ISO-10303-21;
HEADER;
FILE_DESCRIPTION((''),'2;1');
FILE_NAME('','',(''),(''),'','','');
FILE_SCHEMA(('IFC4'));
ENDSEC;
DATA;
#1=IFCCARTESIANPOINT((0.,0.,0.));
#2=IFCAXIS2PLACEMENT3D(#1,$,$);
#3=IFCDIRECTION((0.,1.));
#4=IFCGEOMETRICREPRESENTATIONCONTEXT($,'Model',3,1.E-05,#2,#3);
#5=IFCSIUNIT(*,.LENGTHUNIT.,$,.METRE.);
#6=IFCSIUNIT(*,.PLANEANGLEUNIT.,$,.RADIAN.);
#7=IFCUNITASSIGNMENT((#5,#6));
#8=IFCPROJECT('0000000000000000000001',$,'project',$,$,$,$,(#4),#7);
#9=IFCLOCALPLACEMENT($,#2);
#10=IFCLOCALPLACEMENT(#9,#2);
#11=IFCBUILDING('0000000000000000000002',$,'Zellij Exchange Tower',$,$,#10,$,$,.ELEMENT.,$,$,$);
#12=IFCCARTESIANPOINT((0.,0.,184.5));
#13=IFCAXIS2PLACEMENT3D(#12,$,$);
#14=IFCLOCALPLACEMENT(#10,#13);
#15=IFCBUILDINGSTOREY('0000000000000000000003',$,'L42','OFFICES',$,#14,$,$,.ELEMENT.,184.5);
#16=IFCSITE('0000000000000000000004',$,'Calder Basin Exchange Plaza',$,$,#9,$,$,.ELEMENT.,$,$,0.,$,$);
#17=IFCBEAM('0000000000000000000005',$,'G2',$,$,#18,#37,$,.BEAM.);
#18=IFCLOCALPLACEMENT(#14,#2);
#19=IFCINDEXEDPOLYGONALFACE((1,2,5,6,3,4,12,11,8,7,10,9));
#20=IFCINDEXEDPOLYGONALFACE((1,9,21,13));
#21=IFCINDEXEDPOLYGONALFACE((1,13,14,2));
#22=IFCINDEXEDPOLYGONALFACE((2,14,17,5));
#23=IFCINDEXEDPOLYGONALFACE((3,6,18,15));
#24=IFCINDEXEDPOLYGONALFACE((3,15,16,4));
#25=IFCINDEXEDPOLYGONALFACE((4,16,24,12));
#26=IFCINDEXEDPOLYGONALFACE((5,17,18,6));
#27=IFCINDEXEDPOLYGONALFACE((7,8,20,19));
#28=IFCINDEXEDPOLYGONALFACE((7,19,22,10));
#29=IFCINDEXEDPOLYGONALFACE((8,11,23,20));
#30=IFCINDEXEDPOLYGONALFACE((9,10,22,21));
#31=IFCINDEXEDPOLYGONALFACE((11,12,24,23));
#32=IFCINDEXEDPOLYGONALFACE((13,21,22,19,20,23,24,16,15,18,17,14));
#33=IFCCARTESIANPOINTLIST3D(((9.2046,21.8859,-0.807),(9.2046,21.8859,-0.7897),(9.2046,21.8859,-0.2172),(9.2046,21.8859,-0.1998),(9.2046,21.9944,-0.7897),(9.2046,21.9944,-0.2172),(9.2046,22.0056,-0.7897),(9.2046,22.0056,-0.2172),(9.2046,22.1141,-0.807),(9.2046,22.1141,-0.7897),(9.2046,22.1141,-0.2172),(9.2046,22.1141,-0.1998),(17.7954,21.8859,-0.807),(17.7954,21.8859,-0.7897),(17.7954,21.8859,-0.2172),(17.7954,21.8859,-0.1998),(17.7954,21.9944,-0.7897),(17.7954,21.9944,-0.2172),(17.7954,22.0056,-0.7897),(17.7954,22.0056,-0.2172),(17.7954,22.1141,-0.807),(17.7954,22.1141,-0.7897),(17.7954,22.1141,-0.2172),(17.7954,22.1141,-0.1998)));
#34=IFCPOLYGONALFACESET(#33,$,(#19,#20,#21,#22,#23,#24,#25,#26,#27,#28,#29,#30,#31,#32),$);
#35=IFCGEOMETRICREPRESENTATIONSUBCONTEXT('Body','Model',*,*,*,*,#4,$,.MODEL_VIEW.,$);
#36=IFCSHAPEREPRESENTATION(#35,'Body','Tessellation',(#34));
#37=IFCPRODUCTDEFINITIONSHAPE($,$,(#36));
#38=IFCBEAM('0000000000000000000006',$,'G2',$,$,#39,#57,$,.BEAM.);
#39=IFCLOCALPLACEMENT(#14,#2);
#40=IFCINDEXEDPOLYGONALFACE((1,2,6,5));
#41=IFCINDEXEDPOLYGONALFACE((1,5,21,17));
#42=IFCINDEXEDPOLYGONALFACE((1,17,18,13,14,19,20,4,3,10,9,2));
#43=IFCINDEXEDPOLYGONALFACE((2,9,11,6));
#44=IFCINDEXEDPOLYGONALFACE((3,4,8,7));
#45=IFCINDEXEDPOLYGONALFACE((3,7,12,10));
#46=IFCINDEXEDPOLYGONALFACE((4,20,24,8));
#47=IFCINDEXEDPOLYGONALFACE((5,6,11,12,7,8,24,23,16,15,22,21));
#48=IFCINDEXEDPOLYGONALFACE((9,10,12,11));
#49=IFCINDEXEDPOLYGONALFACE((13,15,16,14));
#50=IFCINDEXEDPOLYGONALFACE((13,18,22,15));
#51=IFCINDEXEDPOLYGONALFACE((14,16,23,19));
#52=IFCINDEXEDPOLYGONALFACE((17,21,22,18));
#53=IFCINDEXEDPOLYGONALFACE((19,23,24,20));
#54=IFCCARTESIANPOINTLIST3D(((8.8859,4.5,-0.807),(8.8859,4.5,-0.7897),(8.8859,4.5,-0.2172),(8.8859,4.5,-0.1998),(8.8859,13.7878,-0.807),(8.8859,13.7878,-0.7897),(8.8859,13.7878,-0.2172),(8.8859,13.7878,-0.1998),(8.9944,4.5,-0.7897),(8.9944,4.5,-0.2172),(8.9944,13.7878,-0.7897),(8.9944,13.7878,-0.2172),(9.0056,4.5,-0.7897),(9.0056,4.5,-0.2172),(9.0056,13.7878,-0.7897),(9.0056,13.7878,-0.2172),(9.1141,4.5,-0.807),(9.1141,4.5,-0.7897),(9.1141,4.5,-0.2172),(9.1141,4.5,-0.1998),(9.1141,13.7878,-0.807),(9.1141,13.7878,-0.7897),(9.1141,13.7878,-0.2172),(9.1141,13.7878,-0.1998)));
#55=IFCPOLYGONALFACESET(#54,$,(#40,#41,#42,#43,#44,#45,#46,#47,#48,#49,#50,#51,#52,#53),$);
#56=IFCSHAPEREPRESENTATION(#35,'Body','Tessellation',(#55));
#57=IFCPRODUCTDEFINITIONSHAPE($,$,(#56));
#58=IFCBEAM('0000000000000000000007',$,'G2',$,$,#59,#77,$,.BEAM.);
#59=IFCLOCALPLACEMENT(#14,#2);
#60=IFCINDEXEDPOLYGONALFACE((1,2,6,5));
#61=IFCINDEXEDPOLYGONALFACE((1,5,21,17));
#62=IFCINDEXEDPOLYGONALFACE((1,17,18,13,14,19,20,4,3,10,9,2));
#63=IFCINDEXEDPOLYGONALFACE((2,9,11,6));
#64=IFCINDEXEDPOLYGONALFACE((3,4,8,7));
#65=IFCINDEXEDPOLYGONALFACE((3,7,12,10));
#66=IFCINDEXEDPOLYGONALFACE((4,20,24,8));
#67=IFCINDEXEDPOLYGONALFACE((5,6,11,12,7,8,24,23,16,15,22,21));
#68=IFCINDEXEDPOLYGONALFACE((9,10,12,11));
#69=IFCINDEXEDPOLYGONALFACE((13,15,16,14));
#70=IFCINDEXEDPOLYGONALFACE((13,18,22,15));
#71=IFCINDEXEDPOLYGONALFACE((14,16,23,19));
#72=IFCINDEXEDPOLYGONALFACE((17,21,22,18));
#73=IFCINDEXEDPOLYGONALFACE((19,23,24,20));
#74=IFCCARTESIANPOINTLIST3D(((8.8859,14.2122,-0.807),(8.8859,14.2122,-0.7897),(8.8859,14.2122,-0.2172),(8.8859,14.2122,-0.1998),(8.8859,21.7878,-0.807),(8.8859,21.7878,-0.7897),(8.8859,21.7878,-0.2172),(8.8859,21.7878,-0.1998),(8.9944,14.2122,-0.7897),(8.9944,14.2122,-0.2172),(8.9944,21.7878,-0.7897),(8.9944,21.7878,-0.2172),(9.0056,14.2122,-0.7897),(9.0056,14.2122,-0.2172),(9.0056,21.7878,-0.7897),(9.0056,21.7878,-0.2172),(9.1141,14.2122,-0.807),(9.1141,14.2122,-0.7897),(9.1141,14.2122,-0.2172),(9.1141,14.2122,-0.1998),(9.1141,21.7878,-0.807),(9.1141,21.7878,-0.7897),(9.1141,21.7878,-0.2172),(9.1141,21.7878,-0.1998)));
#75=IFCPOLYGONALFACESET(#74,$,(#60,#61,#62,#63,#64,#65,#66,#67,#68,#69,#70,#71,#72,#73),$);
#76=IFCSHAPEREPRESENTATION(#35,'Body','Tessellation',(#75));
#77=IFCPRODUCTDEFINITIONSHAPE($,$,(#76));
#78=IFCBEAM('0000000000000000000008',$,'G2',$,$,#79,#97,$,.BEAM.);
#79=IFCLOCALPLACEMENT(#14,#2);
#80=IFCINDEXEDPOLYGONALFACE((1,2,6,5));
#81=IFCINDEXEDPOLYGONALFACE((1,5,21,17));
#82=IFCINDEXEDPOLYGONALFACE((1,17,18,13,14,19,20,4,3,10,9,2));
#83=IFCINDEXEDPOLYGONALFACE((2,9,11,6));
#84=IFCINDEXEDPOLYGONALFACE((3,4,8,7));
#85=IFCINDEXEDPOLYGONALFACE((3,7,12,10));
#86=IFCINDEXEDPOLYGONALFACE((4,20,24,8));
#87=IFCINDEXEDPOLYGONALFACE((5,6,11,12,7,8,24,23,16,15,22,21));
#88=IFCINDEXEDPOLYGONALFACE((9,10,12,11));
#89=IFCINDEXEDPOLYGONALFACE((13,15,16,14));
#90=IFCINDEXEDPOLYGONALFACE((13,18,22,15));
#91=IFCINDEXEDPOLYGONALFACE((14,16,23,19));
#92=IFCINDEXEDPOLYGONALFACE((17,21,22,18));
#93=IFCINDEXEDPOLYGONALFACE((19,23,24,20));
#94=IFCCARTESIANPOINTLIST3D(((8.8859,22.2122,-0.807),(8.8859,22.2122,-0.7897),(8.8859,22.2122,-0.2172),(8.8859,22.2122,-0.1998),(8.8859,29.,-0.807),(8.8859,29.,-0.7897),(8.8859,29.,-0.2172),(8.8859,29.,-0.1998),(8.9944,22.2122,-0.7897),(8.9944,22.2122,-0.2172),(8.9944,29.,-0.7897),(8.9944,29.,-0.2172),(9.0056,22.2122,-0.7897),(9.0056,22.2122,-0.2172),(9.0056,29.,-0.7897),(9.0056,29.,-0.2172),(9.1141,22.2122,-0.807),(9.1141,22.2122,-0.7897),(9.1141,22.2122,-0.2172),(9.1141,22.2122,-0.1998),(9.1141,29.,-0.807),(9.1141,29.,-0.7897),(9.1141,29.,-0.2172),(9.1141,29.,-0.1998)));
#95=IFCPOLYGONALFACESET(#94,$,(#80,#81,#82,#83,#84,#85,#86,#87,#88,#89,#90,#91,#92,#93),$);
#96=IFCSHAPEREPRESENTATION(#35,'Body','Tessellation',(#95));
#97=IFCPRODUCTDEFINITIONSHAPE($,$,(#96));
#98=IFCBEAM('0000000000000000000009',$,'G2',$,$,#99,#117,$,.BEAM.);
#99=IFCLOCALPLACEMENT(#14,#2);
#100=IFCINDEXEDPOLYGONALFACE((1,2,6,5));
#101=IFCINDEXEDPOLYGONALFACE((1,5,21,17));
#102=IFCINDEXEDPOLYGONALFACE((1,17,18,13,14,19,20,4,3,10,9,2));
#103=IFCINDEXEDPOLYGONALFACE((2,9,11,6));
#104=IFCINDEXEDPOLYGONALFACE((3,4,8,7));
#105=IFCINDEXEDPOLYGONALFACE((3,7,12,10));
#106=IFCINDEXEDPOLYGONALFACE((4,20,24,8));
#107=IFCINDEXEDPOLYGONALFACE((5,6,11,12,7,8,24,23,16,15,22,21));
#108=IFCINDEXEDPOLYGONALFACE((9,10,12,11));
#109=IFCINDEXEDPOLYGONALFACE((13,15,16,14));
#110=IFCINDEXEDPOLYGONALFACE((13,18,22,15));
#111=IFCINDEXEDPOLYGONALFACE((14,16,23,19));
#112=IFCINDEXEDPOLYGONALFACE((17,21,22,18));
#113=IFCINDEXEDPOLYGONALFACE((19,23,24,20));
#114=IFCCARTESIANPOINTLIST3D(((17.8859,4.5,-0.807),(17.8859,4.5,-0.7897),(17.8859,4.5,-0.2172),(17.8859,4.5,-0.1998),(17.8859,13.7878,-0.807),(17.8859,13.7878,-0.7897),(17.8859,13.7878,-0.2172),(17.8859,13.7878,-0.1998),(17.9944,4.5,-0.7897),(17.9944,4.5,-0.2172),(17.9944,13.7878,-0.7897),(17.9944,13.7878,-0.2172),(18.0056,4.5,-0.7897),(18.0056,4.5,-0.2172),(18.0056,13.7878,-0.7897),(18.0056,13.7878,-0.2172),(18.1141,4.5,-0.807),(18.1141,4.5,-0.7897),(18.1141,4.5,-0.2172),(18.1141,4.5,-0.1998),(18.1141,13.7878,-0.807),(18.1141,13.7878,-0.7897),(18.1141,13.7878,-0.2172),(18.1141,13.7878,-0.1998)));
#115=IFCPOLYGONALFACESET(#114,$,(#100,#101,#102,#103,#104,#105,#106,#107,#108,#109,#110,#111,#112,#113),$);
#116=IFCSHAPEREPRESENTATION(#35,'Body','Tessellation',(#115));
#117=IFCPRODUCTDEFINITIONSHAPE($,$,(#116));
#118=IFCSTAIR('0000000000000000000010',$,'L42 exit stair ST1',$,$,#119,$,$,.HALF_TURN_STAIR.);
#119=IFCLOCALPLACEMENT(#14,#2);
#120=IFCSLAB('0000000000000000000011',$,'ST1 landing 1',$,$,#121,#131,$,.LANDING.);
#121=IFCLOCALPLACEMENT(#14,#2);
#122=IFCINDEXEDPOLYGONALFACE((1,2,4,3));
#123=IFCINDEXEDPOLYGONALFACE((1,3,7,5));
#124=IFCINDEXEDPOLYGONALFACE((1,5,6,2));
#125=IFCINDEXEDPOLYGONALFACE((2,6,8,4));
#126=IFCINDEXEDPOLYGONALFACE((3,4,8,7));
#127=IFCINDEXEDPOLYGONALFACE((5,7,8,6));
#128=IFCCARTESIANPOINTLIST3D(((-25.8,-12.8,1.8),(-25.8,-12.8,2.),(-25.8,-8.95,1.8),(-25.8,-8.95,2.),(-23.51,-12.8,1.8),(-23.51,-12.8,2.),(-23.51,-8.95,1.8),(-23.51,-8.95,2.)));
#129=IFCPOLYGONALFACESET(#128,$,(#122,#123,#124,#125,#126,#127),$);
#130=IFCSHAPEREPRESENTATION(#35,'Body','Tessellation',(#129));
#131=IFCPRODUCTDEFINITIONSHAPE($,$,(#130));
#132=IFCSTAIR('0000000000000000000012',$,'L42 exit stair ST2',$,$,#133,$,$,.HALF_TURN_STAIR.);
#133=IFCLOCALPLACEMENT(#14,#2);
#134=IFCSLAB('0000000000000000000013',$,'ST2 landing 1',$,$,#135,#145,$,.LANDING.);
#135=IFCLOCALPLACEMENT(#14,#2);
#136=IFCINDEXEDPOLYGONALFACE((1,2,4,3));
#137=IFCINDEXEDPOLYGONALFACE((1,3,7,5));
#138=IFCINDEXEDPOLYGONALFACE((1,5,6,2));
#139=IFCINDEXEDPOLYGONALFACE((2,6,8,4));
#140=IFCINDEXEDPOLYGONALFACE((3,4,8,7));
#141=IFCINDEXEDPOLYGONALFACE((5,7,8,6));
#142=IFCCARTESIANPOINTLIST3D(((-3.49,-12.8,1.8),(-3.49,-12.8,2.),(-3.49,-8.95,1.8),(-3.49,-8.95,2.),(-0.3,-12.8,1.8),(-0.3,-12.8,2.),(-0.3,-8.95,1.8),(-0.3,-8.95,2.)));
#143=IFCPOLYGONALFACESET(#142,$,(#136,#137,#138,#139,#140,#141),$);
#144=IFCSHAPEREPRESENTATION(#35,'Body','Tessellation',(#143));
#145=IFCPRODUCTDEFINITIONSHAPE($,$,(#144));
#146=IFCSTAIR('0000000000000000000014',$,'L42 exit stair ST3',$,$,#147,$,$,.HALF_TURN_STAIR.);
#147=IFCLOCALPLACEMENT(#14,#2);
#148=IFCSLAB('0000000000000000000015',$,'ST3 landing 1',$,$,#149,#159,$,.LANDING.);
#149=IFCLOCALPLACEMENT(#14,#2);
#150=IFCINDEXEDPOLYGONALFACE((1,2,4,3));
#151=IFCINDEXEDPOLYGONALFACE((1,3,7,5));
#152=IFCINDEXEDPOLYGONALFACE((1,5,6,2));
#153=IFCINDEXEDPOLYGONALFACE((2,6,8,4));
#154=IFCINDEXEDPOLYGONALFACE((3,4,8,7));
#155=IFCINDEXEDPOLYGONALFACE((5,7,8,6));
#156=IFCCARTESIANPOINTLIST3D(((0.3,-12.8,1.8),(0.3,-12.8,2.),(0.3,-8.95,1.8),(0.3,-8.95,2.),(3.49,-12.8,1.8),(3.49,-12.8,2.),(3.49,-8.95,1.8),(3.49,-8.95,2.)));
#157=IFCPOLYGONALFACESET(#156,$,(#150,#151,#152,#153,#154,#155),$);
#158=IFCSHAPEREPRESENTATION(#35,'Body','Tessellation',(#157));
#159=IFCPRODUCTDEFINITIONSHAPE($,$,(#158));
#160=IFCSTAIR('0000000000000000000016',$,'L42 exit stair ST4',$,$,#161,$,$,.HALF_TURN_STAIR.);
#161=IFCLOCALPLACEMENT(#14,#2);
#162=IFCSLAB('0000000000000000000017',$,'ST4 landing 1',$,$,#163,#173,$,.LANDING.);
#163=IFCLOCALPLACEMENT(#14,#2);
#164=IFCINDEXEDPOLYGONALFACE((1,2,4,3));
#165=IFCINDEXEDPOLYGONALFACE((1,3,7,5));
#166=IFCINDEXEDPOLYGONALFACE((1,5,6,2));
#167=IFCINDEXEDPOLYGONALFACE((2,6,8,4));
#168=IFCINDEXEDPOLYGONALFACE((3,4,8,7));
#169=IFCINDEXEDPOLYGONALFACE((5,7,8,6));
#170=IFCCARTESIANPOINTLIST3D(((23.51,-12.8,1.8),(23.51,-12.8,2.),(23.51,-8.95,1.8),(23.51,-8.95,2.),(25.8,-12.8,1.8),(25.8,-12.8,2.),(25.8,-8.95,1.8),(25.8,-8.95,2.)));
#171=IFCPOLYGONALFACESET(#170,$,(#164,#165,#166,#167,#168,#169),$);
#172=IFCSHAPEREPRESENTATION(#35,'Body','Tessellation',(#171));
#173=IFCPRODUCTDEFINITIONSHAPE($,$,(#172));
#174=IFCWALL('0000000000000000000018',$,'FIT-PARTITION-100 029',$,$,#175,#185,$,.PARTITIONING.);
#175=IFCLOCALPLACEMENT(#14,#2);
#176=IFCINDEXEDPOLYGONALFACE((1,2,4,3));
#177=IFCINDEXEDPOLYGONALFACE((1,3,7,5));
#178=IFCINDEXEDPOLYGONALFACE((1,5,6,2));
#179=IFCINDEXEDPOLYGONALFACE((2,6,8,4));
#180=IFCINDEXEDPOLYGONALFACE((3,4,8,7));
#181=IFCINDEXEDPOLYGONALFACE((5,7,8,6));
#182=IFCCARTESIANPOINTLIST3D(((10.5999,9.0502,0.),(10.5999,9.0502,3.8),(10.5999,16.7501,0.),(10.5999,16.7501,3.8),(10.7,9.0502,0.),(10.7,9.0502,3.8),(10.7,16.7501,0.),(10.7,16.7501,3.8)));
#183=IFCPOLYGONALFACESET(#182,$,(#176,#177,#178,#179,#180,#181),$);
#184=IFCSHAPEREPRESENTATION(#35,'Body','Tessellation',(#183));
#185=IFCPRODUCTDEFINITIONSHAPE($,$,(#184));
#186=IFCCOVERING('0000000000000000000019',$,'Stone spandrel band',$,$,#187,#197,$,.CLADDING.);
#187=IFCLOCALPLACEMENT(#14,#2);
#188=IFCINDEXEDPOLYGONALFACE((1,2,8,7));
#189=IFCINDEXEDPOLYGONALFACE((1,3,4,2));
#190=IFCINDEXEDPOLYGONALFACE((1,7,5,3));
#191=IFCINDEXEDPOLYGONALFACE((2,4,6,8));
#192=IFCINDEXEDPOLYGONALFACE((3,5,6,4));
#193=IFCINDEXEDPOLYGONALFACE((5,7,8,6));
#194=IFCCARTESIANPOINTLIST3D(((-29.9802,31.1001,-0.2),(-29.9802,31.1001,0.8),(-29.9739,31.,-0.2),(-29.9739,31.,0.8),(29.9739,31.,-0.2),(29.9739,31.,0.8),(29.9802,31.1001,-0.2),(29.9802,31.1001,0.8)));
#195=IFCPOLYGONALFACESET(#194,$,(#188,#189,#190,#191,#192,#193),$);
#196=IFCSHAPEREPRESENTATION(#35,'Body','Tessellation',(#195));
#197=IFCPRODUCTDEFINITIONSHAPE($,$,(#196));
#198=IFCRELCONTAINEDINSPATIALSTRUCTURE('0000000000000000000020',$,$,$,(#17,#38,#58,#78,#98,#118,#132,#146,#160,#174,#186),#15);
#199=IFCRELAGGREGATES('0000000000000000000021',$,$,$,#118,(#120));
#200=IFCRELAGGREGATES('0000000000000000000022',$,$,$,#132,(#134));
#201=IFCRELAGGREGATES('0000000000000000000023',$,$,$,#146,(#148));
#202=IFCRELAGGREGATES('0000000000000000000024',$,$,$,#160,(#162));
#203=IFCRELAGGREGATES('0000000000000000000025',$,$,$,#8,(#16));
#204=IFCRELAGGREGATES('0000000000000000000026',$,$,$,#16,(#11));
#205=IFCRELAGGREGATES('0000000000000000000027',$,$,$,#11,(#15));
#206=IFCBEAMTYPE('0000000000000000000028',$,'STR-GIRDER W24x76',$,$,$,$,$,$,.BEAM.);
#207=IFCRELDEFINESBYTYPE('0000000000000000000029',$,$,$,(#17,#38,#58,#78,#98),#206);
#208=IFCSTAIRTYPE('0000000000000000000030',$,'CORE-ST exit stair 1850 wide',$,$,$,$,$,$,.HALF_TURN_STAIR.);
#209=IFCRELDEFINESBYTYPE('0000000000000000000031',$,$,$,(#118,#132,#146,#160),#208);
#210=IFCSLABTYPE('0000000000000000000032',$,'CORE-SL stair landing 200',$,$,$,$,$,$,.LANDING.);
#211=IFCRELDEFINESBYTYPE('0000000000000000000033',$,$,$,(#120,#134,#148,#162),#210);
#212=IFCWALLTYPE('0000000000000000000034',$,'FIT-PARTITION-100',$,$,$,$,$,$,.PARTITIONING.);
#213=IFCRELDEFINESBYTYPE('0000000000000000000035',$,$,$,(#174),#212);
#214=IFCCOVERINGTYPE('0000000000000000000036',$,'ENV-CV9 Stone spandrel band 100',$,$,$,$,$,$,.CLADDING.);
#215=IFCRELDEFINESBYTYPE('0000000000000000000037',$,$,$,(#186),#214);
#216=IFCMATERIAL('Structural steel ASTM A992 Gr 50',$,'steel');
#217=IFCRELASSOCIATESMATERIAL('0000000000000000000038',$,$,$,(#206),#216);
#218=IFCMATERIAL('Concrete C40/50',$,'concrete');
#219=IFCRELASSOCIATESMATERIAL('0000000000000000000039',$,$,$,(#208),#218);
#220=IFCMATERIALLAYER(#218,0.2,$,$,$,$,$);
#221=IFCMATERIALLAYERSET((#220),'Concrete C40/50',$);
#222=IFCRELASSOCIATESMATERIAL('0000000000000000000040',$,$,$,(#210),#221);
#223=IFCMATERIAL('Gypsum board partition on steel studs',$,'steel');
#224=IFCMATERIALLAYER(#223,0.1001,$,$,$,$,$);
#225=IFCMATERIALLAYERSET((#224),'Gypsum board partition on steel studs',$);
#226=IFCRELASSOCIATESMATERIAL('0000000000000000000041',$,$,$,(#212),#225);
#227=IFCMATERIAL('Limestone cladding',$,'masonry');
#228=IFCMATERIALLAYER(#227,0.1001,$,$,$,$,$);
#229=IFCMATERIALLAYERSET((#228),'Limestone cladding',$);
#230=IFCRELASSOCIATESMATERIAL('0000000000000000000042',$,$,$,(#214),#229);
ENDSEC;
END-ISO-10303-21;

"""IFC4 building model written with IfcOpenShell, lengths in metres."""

from ifc_helpers import new_model, si_unit, direction, frame, frame_2d, origin, origin_2d, place, context, subcontext, project, spatial, polyline, rectangle, i_section, outline, extrude, material, layer, layer_set, material_profile, profile_set, type_object, element, aggregate, save


model = new_model("IFC4")

# Units and contexts
model_context = context("Model", 3, precision=1e-05, world=origin(), true_north=direction((0.0, 1.0)))
body_context = subcontext(model_context, "Body", "Model", "MODEL_VIEW")
ifc_project = project(units=[si_unit("LENGTHUNIT", "METRE"), si_unit("PLANEANGLEUNIT", "RADIAN")], contexts=[model_context])

# Site, building, storey
site_placement = place(None, origin())
site = spatial("IfcSite", under=ifc_project, at=site_placement, Name="Calder Basin Exchange Plaza", CompositionType="ELEMENT", RefElevation=0.0)
building_placement = place(site_placement, origin())
building = spatial("IfcBuilding", under=site, at=building_placement, Name="Zellij Exchange Tower", CompositionType="ELEMENT")
storey_placement = place(building_placement, frame((0.0, 0.0, 184.5)))
storey = spatial("IfcBuildingStorey", under=building, at=storey_placement, Name="L42", Description="OFFICES", CompositionType="ELEMENT", Elevation=184.5)

# Beams
ifc_material_1 = material(Name="Structural steel ASTM A992 Gr 50", Category="steel")
ifc_material_profile_1 = material_profile(ifc_material_1, i_section(OverallWidth=0.2283, OverallDepth=0.6072, WebThickness=0.0112, FlangeThickness=0.0173, at=origin_2d()), Name="W24x76")
ifc_profile_set_1 = profile_set([ifc_material_profile_1], Name="Structural steel ASTM A992 Gr 50")
beam_type = type_object("IfcBeamType", Name="STR-GIRDER W24x76", PredefinedType="BEAM", material=ifc_profile_set_1)
for number, where, z_axis, x_axis, name in (
    (1, (9.2046, 22.0, -0.5034), (1.0, 0.0, 0.0), (0.0, 1.0, 0.0), "G2"),
):
    element("IfcBeam", number, at=place(storey_placement, frame(where, z_axis=z_axis, x_axis=x_axis)), inside=storey, type_object=beam_type, Name=name, PredefinedType="BEAM", context=body_context, shape_type="SweptSolid", body=[
        extrude(i_section(OverallWidth=0.2283, OverallDepth=0.6072, WebThickness=0.0112, FlangeThickness=0.0173, at=origin_2d()), origin(), (0.0, 0.0, 1.0), 8.5908),
    ])
beam_1_placement = place(storey_placement, frame((9.0, 4.5, -0.5034), z_axis=(0.0, 1.0, 0.0), x_axis=(-1.0, 0.0, 0.0)))
element("IfcBeam", 2, at=beam_1_placement, inside=storey, type_object=beam_type, Name="G2", PredefinedType="BEAM", context=body_context, shape_type="SweptSolid", body=[
    extrude(i_section(OverallWidth=0.2283, OverallDepth=0.6072, WebThickness=0.0112, FlangeThickness=0.0173, at=origin_2d()), origin(), (0.0, 0.0, 1.0), 9.2878),
])
beam_2_placement = place(storey_placement, frame((9.0, 14.2122, -0.5034), z_axis=(0.0, 1.0, 0.0), x_axis=(-1.0, 0.0, 0.0)))
element("IfcBeam", 3, at=beam_2_placement, inside=storey, type_object=beam_type, Name="G2", PredefinedType="BEAM", context=body_context, shape_type="SweptSolid", body=[
    extrude(i_section(OverallWidth=0.2283, OverallDepth=0.6072, WebThickness=0.0112, FlangeThickness=0.0173, at=origin_2d()), origin(), (0.0, 0.0, 1.0), 7.5757),
])
beam_3_placement = place(storey_placement, frame((9.0, 22.2122, -0.5034), z_axis=(0.0, 1.0, 0.0), x_axis=(-1.0, 0.0, 0.0)))
element("IfcBeam", 4, at=beam_3_placement, inside=storey, type_object=beam_type, Name="G2", PredefinedType="BEAM", context=body_context, shape_type="SweptSolid", body=[
    extrude(i_section(OverallWidth=0.2283, OverallDepth=0.6072, WebThickness=0.0112, FlangeThickness=0.0173, at=origin_2d()), origin(), (0.0, 0.0, 1.0), 6.7878),
])
beam_4_placement = place(storey_placement, frame((18.0, 4.5, -0.5034), z_axis=(0.0, 1.0, 0.0), x_axis=(-1.0, 0.0, 0.0)))
element("IfcBeam", 5, at=beam_4_placement, inside=storey, type_object=beam_type, Name="G2", PredefinedType="BEAM", context=body_context, shape_type="SweptSolid", body=[
    extrude(i_section(OverallWidth=0.2283, OverallDepth=0.6072, WebThickness=0.0112, FlangeThickness=0.0173, at=origin_2d()), origin(), (0.0, 0.0, 1.0), 9.2878),
])

# Stairs, slabs
ifc_material_2 = material(Name="Concrete C40/50", Category="concrete")
stair_type = type_object("IfcStairType", Name="CORE-ST exit stair 1850 wide", PredefinedType="HALF_TURN_STAIR", material=ifc_material_2)
stair_1_placement = place(storey_placement, origin())
stair_1 = element("IfcStair", 6, at=stair_1_placement, inside=storey, type_object=stair_type, Name="L42 exit stair ST1", PredefinedType="HALF_TURN_STAIR")
ifc_layer_1 = layer(ifc_material_2, 0.2)
ifc_layer_set_1 = layer_set([ifc_layer_1], Name="Concrete C40/50")
slab_type = type_object("IfcSlabType", Name="CORE-SL stair landing 200", PredefinedType="LANDING", material=ifc_layer_set_1)
slab_1_placement = place(storey_placement, frame((0.0, 0.0, 1.8)))
slab_1 = element("IfcSlab", 7, at=slab_1_placement, type_object=slab_type, Name="ST1 landing 1", PredefinedType="LANDING", context=body_context, shape_type="SweptSolid", body=[
    extrude(outline(polyline([(-23.51, -8.95), (-25.8, -8.95), (-25.8, -12.8), (-23.51, -12.8), (-23.51, -8.95)])), origin(), (0.0, 0.0, 1.0), 0.2),
])
aggregate(stair_1, [slab_1])
stair_2_placement = place(storey_placement, origin())
stair_2 = element("IfcStair", 8, at=stair_2_placement, inside=storey, type_object=stair_type, Name="L42 exit stair ST2", PredefinedType="HALF_TURN_STAIR")
slab_2_placement = place(storey_placement, frame((0.0, 0.0, 1.8)))
slab_2 = element("IfcSlab", 9, at=slab_2_placement, type_object=slab_type, Name="ST2 landing 1", PredefinedType="LANDING", context=body_context, shape_type="SweptSolid", body=[
    extrude(outline(polyline([(-3.49, -12.8), (-0.3, -12.8), (-0.3, -8.95), (-3.49, -8.95), (-3.49, -12.8)])), origin(), (0.0, 0.0, 1.0), 0.2),
])
aggregate(stair_2, [slab_2])
stair_3_placement = place(storey_placement, origin())
stair_3 = element("IfcStair", 10, at=stair_3_placement, inside=storey, type_object=stair_type, Name="L42 exit stair ST3", PredefinedType="HALF_TURN_STAIR")
slab_3_placement = place(storey_placement, frame((0.0, 0.0, 1.8)))
slab_3 = element("IfcSlab", 11, at=slab_3_placement, type_object=slab_type, Name="ST3 landing 1", PredefinedType="LANDING", context=body_context, shape_type="SweptSolid", body=[
    extrude(outline(polyline([(3.49, -8.95), (0.3, -8.95), (0.3, -12.8), (3.49, -12.8), (3.49, -8.95)])), origin(), (0.0, 0.0, 1.0), 0.2),
])
aggregate(stair_3, [slab_3])
stair_4_placement = place(storey_placement, origin())
stair_4 = element("IfcStair", 12, at=stair_4_placement, inside=storey, type_object=stair_type, Name="L42 exit stair ST4", PredefinedType="HALF_TURN_STAIR")
slab_4_placement = place(storey_placement, frame((0.0, 0.0, 1.8)))
slab_4 = element("IfcSlab", 13, at=slab_4_placement, type_object=slab_type, Name="ST4 landing 1", PredefinedType="LANDING", context=body_context, shape_type="SweptSolid", body=[
    extrude(outline(polyline([(23.51, -12.8), (25.8, -12.8), (25.8, -8.95), (23.51, -8.95), (23.51, -12.8)])), origin(), (0.0, 0.0, 1.0), 0.2),
])
aggregate(stair_4, [slab_4])

# Wall
ifc_material_3 = material(Name="Gypsum board partition on steel studs", Category="steel")
ifc_layer_2 = layer(ifc_material_3, 0.1001)
ifc_layer_set_2 = layer_set([ifc_layer_2], Name="Gypsum board partition on steel studs")
wall_type = type_object("IfcWallType", Name="FIT-PARTITION-100", PredefinedType="PARTITIONING", material=ifc_layer_set_2)
wall_placement = place(storey_placement, frame((10.6499, 9.05, 0.0), z_axis=(0.0, 0.0, 1.0), x_axis=(0.0, 1.0, 0.0)))
element("IfcWall", 14, at=wall_placement, inside=storey, type_object=wall_type, Name="FIT-PARTITION-100 029", PredefinedType="PARTITIONING", context=body_context, shape_type="SweptSolid", body=[
    extrude(rectangle(XDim=7.7, YDim=0.1001, at=frame_2d((3.8501, 0.0))), origin(), (0.0, 0.0, 1.0), 3.8),
])

# Covering
ifc_material_4 = material(Name="Limestone cladding", Category="masonry")
ifc_layer_3 = layer(ifc_material_4, 0.1001)
ifc_layer_set_3 = layer_set([ifc_layer_3], Name="Limestone cladding")
covering_type = type_object("IfcCoveringType", Name="ENV-CV9 Stone spandrel band 100", PredefinedType="CLADDING", material=ifc_layer_set_3)
covering_1_placement = place(storey_placement, frame((0.0, 0.0, -0.2)))
element("IfcCovering", 15, at=covering_1_placement, inside=storey, type_object=covering_type, Name="Stone spandrel band", PredefinedType="CLADDING", context=body_context, shape_type="SweptSolid", body=[
    extrude(outline(polyline([(29.9739, 31.0), (-29.9739, 31.0), (-29.9802, 31.1001), (29.9802, 31.1001), (29.9739, 31.0)])), origin(), (0.0, 0.0, 1.0), 1.0),
])

save(model, "model.ifc")
